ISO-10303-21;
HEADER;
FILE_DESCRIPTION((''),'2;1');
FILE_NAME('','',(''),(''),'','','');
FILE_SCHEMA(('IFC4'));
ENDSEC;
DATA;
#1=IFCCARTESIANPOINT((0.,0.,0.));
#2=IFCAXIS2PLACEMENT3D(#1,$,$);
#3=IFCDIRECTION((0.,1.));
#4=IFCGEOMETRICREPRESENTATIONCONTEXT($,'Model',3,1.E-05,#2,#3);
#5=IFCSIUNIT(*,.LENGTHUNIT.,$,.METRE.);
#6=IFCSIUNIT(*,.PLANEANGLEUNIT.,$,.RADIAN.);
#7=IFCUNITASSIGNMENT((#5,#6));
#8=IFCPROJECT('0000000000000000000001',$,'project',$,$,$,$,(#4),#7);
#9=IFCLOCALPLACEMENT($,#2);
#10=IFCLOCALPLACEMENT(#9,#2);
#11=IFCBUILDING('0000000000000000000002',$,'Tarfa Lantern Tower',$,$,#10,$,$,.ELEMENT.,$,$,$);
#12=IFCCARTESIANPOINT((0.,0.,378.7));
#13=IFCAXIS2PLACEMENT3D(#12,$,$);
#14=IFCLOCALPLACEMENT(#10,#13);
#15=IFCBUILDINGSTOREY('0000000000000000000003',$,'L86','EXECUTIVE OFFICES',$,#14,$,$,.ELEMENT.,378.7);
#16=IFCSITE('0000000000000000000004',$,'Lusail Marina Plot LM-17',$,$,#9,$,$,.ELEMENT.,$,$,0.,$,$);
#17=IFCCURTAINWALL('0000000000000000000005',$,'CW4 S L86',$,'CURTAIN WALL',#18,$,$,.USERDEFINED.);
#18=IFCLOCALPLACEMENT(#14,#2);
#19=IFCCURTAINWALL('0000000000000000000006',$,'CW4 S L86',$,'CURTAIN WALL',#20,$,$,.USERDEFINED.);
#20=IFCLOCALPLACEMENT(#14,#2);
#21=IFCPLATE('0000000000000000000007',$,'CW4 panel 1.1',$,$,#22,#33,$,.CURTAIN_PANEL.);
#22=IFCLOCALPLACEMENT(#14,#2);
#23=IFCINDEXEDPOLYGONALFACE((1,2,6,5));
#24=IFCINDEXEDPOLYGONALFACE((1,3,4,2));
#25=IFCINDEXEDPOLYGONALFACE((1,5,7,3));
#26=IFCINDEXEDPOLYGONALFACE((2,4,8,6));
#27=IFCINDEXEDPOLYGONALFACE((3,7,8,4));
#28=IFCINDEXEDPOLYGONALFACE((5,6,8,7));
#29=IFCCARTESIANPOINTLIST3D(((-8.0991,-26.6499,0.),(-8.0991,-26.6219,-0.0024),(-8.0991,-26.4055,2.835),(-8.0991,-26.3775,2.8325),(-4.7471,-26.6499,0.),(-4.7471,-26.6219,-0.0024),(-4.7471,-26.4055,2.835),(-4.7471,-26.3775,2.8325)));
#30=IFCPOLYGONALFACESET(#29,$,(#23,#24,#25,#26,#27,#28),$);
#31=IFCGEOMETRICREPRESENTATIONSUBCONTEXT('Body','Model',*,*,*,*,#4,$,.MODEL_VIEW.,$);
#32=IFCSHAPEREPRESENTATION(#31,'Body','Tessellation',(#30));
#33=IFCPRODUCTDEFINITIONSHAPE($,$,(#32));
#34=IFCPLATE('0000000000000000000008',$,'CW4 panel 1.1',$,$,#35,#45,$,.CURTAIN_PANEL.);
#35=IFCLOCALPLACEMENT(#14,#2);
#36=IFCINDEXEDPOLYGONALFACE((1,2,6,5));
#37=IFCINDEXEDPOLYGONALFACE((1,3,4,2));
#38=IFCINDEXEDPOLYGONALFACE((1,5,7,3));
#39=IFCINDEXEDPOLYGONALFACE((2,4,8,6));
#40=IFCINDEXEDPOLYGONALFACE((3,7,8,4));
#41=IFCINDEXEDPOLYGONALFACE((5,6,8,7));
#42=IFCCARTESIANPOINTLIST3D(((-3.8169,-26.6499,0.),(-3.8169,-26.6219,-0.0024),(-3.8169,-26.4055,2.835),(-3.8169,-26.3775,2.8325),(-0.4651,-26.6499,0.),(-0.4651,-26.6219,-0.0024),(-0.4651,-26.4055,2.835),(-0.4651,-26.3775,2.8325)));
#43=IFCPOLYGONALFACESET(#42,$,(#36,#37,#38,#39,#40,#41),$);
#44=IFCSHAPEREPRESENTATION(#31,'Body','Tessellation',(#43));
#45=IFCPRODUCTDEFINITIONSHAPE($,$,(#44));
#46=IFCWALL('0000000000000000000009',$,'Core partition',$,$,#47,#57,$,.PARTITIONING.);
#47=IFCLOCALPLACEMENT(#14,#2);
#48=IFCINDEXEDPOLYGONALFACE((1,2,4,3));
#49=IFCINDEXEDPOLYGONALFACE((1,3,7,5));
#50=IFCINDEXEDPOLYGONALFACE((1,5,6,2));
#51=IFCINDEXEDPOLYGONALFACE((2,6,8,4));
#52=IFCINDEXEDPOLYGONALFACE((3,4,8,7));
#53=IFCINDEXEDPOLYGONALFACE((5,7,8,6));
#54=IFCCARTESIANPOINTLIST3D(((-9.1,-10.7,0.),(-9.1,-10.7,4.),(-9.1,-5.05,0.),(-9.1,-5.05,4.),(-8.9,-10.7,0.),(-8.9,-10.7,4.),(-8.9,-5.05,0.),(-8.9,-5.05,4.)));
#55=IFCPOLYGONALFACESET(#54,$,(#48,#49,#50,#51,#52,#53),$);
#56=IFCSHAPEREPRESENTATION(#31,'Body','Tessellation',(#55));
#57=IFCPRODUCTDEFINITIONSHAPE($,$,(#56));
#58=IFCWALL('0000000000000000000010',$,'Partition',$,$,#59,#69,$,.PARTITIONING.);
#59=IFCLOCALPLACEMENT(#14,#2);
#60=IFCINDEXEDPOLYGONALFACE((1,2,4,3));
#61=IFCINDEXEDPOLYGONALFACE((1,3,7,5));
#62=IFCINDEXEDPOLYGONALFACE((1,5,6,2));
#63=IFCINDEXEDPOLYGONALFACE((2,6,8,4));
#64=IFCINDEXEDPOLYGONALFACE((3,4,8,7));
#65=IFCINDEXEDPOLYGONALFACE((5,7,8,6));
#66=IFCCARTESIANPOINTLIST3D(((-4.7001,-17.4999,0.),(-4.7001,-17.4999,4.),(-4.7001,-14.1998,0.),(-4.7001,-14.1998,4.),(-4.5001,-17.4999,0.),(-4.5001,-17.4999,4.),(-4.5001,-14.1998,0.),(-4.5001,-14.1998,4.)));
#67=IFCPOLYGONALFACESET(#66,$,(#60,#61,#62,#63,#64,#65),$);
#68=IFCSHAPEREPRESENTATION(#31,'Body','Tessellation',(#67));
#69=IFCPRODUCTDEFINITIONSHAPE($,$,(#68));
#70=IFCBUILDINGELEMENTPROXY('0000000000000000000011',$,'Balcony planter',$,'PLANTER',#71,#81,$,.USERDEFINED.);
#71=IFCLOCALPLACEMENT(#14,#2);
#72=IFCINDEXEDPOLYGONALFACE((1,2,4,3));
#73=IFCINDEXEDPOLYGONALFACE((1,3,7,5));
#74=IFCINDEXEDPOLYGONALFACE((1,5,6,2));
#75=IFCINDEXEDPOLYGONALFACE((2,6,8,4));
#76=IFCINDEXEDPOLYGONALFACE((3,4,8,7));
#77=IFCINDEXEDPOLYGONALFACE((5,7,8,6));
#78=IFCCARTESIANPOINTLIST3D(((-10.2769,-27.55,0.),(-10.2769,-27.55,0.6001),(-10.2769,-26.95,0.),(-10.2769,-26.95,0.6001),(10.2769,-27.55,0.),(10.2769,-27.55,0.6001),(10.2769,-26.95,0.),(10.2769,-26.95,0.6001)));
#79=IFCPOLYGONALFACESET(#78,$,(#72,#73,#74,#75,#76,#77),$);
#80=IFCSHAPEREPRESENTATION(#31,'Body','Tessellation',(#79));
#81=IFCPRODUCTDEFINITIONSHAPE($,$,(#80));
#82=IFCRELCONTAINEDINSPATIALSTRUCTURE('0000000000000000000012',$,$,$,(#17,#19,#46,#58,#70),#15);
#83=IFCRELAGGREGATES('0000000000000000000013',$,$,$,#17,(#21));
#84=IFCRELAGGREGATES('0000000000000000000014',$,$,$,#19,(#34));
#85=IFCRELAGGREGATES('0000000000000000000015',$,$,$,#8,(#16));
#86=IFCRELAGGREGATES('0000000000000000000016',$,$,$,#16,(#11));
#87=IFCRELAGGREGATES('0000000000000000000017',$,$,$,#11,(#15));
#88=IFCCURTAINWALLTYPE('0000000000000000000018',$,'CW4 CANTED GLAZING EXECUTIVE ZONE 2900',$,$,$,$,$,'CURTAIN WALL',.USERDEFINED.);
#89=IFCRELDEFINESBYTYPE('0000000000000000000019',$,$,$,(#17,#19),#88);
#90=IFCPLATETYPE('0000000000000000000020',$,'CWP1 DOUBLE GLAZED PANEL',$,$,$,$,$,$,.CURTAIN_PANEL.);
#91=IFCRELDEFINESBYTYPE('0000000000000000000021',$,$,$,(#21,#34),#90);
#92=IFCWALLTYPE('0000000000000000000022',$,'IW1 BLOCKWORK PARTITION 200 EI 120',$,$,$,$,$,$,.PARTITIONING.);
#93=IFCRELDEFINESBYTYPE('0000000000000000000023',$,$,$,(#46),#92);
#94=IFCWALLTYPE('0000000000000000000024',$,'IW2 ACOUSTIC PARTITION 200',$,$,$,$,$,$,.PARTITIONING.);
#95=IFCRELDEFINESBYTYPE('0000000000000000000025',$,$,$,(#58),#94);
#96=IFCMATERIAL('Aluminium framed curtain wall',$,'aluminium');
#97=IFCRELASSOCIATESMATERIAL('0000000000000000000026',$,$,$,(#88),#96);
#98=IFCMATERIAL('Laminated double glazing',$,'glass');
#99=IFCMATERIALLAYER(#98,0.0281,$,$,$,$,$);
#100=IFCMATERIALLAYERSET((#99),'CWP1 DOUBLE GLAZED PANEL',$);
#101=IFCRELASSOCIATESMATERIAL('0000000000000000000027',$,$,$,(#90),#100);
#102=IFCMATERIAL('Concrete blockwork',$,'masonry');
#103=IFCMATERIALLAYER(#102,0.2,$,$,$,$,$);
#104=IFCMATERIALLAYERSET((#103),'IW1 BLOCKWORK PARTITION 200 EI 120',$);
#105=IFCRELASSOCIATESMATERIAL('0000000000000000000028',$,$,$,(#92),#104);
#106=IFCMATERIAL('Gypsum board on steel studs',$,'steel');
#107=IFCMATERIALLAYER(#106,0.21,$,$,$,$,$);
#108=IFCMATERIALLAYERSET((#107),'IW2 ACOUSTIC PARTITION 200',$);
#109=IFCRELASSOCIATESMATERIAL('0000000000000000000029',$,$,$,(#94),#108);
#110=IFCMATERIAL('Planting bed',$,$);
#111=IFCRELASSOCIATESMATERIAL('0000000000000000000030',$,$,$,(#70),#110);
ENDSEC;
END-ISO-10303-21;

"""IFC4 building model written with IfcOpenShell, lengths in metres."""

from ifc_helpers import new_model, si_unit, direction, frame, frame_2d, origin, origin_2d, place, context, subcontext, project, spatial, polyline, rectangle, outline, extrude, material, layer, layer_set, type_object, element, aggregate, save


model = new_model("IFC4")

# Units and contexts
model_context = context("Model", 3, precision=1e-05, world=origin(), true_north=direction((0.0, 1.0)))
body_context = subcontext(model_context, "Body", "Model", "MODEL_VIEW")
ifc_project = project(units=[si_unit("LENGTHUNIT", "METRE"), si_unit("PLANEANGLEUNIT", "RADIAN")], contexts=[model_context])

# Site, building, storey
site_placement = place(None, origin())
site = spatial("IfcSite", under=ifc_project, at=site_placement, Name="Lusail Marina Plot LM-17", CompositionType="ELEMENT", RefElevation=0.0)
building_placement = place(site_placement, origin())
building = spatial("IfcBuilding", under=site, at=building_placement, Name="Tarfa Lantern Tower", CompositionType="ELEMENT")
storey_placement = place(building_placement, frame((0.0, 0.0, 378.7)))
storey = spatial("IfcBuildingStorey", under=building, at=storey_placement, Name="L86", Description="EXECUTIVE OFFICES", CompositionType="ELEMENT", Elevation=378.7)

# Shared definitions
ifc_material_1 = material(Name="Aluminium framed curtain wall", Category="aluminium")
curtain_wall_type = type_object("IfcCurtainWallType", Name="CW4 CANTED GLAZING EXECUTIVE ZONE 2900", ElementType="CURTAIN WALL", PredefinedType="USERDEFINED", material=ifc_material_1)

# Curtain walls
curtain_wall_1_placement = place(storey_placement, origin())
curtain_wall_1 = element("IfcCurtainWall", 1, at=curtain_wall_1_placement, inside=storey, type_object=curtain_wall_type, Name="CW4 S L86", ObjectType="CURTAIN WALL", PredefinedType="USERDEFINED")
curtain_wall_2_placement = place(storey_placement, origin())
curtain_wall_2 = element("IfcCurtainWall", 2, at=curtain_wall_2_placement, inside=storey, type_object=curtain_wall_type, Name="CW4 S L86", ObjectType="CURTAIN WALL", PredefinedType="USERDEFINED")

# Plates
ifc_material_2 = material(Name="Laminated double glazing", Category="glass")
ifc_layer_1 = layer(ifc_material_2, 0.0281)
ifc_layer_set_1 = layer_set([ifc_layer_1], Name="CWP1 DOUBLE GLAZED PANEL")
plate_type = type_object("IfcPlateType", Name="CWP1 DOUBLE GLAZED PANEL", PredefinedType="CURTAIN_PANEL", material=ifc_layer_set_1)
plate_1_placement = place(storey_placement, frame((-8.0991, -26.6499, 0.0), z_axis=(0.0, -0.996305, 0.085885), x_axis=(1.0, 0.0, 0.0)))
plate_1 = element("IfcPlate", 3, at=plate_1_placement, type_object=plate_type, Name="CW4 panel 1.1", PredefinedType="CURTAIN_PANEL", context=body_context, shape_type="SweptSolid", body=[
    extrude(outline(polyline([(0.0, 0.0), (3.3521, 0.0), (3.3521, 2.8455), (0.0, 2.8455), (0.0, 0.0)])), origin(), (0.0, 0.0, -1.0), 0.0281),
])
aggregate(curtain_wall_1, [plate_1])
plate_2_placement = place(storey_placement, frame((-3.8169, -26.6499, 0.0), z_axis=(0.0, -0.996305, 0.085885), x_axis=(1.0, 0.0, 0.0)))
plate_2 = element("IfcPlate", 4, at=plate_2_placement, type_object=plate_type, Name="CW4 panel 1.1", PredefinedType="CURTAIN_PANEL", context=body_context, shape_type="SweptSolid", body=[
    extrude(outline(polyline([(0.0, 0.0), (3.3518, 0.0), (3.3518, 2.8455), (0.0, 2.8455), (0.0, 0.0)])), origin(), (0.0, 0.0, -1.0), 0.0281),
])
aggregate(curtain_wall_2, [plate_2])

# Walls
ifc_material_3 = material(Name="Concrete blockwork", Category="masonry")
ifc_layer_2 = layer(ifc_material_3, 0.2)
ifc_layer_set_2 = layer_set([ifc_layer_2], Name="IW1 BLOCKWORK PARTITION 200 EI 120")
wall_type_1 = type_object("IfcWallType", Name="IW1 BLOCKWORK PARTITION 200 EI 120", PredefinedType="PARTITIONING", material=ifc_layer_set_2)
wall_1_placement = place(storey_placement, frame((-9.0, -5.05, 0.0), z_axis=(0.0, 0.0, 1.0), x_axis=(0.0, -1.0, 0.0)))
element("IfcWall", 5, at=wall_1_placement, inside=storey, type_object=wall_type_1, Name="Core partition", PredefinedType="PARTITIONING", context=body_context, shape_type="SweptSolid", body=[
    extrude(rectangle(XDim=5.6499, YDim=0.2, at=frame_2d((2.825, 0.0))), origin(), (0.0, 0.0, 1.0), 4.0),
])
ifc_material_4 = material(Name="Gypsum board on steel studs", Category="steel")
ifc_layer_3 = layer(ifc_material_4, 0.21)
ifc_layer_set_3 = layer_set([ifc_layer_3], Name="IW2 ACOUSTIC PARTITION 200")
wall_type_2 = type_object("IfcWallType", Name="IW2 ACOUSTIC PARTITION 200", PredefinedType="PARTITIONING", material=ifc_layer_set_3)
wall_2_placement = place(storey_placement, frame((-4.6001, -14.2, 0.0), z_axis=(0.0, 0.0, 1.0), x_axis=(0.0, -1.0, 0.0)))
element("IfcWall", 6, at=wall_2_placement, inside=storey, type_object=wall_type_2, Name="Partition", PredefinedType="PARTITIONING", context=body_context, shape_type="SweptSolid", body=[
    extrude(rectangle(XDim=3.3, YDim=0.2, at=frame_2d((1.6499, 0.0))), origin(), (0.0, 0.0, 1.0), 4.0),
])

# Building element proxy
ifc_material_5 = material(Name="Planting bed")
proxy_placement = place(storey_placement, frame((0.0, -27.25, 0.0), z_axis=(0.0, 0.0, 1.0), x_axis=(1.0, 0.0, 0.0)))
element("IfcBuildingElementProxy", 7, at=proxy_placement, inside=storey, material=ifc_material_5, Name="Balcony planter", ObjectType="PLANTER", PredefinedType="USERDEFINED", context=body_context, shape_type="SweptSolid", body=[
    extrude(rectangle(XDim=20.5537, YDim=0.6001, at=origin_2d()), origin(), (0.0, 0.0, 1.0), 0.6001),
])

save(model, "model.ifc")
